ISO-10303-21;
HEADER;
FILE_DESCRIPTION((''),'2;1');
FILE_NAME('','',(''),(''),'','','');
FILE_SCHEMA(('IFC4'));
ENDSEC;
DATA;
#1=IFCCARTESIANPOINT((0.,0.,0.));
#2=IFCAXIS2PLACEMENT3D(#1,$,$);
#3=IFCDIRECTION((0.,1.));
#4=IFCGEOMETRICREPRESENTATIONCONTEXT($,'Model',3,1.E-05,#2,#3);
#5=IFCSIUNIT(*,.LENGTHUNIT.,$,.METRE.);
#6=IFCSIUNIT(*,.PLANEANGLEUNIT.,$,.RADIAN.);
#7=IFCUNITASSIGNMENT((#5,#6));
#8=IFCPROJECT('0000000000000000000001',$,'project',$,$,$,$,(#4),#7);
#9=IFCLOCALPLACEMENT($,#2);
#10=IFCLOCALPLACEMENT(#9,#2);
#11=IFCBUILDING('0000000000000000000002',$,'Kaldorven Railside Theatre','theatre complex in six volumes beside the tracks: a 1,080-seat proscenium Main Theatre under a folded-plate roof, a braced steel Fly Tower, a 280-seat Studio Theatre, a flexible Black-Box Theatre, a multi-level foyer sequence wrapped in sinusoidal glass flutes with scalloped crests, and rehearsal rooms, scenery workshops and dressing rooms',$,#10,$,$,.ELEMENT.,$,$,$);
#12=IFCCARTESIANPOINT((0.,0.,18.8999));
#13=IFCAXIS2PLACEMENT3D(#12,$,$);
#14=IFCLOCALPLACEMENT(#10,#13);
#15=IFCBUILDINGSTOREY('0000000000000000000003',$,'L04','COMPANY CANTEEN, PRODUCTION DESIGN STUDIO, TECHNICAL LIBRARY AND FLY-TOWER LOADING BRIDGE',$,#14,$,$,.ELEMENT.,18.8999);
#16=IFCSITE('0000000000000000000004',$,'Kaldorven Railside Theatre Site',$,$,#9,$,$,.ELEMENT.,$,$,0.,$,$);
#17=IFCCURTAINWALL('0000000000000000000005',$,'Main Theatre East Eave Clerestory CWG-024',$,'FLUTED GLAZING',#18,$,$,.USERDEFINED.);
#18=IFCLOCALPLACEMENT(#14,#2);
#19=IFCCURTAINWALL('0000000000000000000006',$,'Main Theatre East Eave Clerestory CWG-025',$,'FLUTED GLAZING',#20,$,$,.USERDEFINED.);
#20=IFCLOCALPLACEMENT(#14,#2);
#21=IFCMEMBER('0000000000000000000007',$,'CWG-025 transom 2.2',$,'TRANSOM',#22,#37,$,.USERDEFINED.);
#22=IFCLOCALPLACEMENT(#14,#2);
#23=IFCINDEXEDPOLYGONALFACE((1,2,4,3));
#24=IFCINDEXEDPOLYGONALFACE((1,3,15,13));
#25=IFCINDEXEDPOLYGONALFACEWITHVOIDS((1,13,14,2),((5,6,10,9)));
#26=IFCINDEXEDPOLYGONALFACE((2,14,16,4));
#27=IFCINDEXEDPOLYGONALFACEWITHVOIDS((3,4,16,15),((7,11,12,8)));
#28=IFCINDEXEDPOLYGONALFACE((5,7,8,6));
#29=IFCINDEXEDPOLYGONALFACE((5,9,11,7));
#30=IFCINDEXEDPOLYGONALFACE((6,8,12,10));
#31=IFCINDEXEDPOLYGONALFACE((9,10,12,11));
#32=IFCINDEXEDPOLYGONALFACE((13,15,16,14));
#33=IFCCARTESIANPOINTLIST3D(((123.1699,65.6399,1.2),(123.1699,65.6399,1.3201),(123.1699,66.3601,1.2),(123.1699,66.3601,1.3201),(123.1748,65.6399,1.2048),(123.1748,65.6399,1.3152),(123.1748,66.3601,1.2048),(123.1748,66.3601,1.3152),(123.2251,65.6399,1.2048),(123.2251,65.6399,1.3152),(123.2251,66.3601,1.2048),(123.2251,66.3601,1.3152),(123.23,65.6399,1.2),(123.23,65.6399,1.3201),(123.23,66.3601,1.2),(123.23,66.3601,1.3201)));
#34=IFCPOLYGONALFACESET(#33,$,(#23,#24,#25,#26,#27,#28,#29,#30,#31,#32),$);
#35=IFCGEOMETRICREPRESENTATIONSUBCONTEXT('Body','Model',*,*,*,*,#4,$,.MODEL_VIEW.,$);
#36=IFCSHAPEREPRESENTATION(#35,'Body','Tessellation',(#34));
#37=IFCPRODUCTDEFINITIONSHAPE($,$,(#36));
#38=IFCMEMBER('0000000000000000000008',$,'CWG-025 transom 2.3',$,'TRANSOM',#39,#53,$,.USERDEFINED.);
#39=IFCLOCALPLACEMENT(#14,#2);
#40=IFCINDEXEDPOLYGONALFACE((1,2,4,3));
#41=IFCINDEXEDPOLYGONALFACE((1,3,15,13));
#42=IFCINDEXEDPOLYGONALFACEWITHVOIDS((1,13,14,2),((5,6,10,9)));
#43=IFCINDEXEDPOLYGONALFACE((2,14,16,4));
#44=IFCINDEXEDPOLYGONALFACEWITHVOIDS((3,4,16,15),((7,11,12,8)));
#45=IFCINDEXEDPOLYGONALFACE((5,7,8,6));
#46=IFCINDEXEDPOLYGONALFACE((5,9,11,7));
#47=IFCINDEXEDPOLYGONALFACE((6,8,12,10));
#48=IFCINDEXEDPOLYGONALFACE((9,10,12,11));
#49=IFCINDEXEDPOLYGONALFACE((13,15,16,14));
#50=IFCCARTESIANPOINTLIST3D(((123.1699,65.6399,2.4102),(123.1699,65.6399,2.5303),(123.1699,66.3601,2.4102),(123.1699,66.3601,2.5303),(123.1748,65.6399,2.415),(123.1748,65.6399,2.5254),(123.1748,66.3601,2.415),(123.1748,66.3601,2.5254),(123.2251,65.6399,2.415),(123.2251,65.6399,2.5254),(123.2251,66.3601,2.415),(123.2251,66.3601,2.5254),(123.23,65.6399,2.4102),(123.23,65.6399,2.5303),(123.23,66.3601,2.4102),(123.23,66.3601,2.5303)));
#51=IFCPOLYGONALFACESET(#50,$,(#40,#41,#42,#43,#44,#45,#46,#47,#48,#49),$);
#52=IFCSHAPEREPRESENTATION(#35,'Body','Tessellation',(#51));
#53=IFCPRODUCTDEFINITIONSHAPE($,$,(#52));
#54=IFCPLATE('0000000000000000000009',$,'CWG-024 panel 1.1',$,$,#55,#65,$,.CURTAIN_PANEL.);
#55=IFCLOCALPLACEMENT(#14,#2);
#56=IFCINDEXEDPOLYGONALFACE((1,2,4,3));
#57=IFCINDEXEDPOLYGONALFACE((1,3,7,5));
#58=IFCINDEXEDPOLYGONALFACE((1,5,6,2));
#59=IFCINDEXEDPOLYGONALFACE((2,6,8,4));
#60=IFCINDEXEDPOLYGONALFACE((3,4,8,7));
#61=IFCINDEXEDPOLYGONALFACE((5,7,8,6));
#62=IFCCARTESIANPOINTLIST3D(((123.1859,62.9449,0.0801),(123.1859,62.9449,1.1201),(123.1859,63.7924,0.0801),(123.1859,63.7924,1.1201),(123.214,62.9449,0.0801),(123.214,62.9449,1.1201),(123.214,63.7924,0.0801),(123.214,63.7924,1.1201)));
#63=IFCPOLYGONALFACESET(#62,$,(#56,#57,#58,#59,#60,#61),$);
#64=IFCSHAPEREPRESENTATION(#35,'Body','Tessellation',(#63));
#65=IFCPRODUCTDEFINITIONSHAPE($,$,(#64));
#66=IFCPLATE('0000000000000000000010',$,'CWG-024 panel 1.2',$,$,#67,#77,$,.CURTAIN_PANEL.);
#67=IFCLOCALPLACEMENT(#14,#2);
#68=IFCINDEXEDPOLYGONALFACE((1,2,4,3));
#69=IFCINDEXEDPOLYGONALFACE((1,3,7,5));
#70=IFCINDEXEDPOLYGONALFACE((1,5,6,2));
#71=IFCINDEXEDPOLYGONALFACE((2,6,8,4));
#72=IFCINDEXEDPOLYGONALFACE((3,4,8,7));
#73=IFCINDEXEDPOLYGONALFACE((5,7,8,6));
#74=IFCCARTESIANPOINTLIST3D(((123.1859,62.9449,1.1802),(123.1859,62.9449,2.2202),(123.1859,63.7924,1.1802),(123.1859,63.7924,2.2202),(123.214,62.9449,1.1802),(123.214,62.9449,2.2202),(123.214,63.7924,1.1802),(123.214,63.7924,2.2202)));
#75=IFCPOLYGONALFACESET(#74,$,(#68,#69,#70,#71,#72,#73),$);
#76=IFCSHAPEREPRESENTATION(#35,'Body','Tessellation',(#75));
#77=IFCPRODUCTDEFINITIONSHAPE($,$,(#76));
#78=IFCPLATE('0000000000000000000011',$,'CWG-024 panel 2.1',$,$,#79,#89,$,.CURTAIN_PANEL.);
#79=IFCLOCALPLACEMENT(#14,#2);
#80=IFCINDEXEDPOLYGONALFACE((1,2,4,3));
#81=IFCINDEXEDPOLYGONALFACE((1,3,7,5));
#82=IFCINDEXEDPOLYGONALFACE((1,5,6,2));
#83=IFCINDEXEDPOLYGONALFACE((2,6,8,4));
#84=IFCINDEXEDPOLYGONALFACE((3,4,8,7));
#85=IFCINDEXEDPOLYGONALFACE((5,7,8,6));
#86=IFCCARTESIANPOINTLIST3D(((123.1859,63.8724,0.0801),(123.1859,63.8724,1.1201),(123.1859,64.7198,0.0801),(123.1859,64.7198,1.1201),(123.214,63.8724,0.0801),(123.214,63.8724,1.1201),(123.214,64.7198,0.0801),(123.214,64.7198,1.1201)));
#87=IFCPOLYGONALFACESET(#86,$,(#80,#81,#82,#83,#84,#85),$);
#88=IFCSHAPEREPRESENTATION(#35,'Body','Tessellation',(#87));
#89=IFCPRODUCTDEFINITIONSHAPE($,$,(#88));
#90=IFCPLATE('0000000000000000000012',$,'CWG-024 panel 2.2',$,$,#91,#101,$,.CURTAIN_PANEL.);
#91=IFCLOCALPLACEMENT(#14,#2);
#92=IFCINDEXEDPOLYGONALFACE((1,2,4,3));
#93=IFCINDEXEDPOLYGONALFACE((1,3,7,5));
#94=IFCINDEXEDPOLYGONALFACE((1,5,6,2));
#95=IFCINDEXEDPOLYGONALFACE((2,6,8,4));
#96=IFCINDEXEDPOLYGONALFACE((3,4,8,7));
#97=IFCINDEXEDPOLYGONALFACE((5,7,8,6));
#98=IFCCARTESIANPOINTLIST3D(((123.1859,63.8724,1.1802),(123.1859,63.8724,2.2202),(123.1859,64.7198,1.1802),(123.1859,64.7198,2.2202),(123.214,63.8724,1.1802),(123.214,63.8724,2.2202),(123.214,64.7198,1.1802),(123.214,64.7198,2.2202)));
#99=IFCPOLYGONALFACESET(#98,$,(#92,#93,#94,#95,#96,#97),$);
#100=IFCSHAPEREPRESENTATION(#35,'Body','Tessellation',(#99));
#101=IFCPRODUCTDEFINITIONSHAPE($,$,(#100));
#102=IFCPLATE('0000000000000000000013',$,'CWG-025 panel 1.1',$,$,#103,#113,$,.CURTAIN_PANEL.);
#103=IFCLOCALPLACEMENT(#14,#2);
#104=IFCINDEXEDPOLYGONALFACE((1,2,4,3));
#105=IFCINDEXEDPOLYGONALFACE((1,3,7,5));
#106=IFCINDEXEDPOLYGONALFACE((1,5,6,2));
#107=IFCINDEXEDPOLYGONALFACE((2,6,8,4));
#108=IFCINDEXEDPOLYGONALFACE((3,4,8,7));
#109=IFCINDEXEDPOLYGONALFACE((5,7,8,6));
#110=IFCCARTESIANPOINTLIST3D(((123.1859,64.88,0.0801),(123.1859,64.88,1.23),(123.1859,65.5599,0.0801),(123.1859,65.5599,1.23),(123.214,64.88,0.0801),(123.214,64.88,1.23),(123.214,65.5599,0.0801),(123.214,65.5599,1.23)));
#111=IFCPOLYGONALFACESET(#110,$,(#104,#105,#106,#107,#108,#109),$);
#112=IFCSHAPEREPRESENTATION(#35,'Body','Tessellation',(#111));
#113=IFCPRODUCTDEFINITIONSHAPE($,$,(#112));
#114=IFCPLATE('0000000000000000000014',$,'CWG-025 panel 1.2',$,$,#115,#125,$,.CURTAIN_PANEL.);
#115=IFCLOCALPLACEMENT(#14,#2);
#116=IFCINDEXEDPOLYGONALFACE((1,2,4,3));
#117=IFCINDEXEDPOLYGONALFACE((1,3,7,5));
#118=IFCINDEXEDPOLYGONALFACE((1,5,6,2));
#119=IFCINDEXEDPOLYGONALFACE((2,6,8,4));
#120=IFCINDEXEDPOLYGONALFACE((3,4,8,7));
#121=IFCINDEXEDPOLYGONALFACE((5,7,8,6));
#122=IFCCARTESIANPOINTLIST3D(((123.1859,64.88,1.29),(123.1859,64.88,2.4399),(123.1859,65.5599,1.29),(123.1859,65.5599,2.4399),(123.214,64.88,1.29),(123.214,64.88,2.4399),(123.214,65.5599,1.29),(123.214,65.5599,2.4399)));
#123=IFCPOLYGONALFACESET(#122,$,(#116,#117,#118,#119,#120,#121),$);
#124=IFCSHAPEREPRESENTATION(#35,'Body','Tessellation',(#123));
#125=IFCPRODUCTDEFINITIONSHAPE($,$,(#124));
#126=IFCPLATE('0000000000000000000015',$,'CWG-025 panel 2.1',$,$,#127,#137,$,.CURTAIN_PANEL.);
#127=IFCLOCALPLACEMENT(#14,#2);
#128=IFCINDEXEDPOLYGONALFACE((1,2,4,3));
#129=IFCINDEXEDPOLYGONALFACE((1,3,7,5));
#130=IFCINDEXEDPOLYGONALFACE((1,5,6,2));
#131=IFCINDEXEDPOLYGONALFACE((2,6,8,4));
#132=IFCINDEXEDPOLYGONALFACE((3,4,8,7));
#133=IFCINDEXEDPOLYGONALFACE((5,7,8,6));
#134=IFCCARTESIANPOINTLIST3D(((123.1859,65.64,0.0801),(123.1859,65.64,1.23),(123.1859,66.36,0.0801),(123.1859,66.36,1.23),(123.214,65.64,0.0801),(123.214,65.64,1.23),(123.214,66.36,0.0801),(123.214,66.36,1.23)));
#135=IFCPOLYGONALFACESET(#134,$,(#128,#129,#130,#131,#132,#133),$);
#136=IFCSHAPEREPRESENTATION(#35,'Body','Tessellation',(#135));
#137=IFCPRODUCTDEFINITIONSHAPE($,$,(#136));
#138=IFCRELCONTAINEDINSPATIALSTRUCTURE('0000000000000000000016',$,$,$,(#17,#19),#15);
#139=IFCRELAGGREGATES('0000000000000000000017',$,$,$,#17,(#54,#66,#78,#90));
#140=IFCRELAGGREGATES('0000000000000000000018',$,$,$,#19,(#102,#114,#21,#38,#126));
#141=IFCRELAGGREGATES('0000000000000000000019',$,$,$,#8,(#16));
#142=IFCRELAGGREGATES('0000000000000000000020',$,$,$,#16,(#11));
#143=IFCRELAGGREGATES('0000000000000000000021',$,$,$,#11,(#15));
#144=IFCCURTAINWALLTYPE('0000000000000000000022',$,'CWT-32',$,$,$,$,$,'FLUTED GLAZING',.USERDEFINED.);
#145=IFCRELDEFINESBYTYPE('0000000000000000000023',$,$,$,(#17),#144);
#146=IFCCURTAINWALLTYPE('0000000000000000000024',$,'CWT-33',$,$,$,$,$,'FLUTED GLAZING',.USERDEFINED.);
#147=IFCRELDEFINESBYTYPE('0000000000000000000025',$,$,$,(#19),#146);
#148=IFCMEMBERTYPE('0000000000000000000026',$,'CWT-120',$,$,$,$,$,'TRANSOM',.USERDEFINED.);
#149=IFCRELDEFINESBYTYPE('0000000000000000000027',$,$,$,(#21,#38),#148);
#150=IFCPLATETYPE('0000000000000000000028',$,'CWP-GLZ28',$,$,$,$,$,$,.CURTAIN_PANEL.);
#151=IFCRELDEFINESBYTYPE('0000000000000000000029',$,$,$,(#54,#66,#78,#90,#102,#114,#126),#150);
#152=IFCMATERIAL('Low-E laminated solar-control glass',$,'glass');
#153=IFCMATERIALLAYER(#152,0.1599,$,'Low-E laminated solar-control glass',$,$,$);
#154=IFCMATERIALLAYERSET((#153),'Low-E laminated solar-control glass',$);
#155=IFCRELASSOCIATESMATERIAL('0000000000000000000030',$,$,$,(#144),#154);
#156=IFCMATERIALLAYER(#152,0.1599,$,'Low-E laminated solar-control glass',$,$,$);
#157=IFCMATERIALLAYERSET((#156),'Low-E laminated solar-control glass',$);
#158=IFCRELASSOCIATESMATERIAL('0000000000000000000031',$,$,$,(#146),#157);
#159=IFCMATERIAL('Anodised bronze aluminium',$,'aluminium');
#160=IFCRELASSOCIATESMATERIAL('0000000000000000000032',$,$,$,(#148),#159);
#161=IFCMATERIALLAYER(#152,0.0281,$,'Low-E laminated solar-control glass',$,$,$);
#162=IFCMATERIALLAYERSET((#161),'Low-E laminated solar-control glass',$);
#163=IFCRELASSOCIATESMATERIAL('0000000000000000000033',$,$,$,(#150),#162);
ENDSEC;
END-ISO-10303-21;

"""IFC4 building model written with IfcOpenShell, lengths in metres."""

from ifc_helpers import new_model, si_unit, direction, frame, origin, origin_2d, place, context, subcontext, project, spatial, rectangle, hollow_rectangle, extrude, material, layer, layer_set, material_profile, profile_set, type_object, element, aggregate, save


model = new_model("IFC4")

# Units and contexts
model_context = context("Model", 3, precision=1e-05, world=origin(), true_north=direction((0.0, 1.0)))
body_context = subcontext(model_context, "Body", "Model", "MODEL_VIEW")
ifc_project = project(units=[si_unit("LENGTHUNIT", "METRE"), si_unit("PLANEANGLEUNIT", "RADIAN")], contexts=[model_context])

# Site, building, storey
site_placement = place(None, origin())
site = spatial("IfcSite", under=ifc_project, at=site_placement, Name="Kaldorven Railside Theatre Site", CompositionType="ELEMENT", RefElevation=0.0)
building_placement = place(site_placement, origin())
building = spatial("IfcBuilding", under=site, at=building_placement, Name="Kaldorven Railside Theatre", Description="theatre complex in six volumes beside the tracks: a 1,080-seat proscenium Main Theatre under a folded-plate roof, a braced steel Fly Tower, a 280-seat Studio Theatre, a flexible Black-Box Theatre, a multi-level foyer sequence wrapped in sinusoidal glass flutes with scalloped crests, and rehearsal rooms, scenery workshops and dressing rooms", CompositionType="ELEMENT")
storey_placement = place(building_placement, frame((0.0, 0.0, 18.8999)))
storey = spatial("IfcBuildingStorey", under=building, at=storey_placement, Name="L04", Description="COMPANY CANTEEN, PRODUCTION DESIGN STUDIO, TECHNICAL LIBRARY AND FLY-TOWER LOADING BRIDGE", CompositionType="ELEMENT", Elevation=18.8999)

# Curtain walls
ifc_material_1 = material(Name="Low-E laminated solar-control glass", Category="glass")
ifc_layer_1 = layer(ifc_material_1, 0.1599, Name="Low-E laminated solar-control glass")
ifc_layer_set_1 = layer_set([ifc_layer_1], Name="Low-E laminated solar-control glass")
curtain_wall_type_1 = type_object("IfcCurtainWallType", Name="CWT-32", ElementType="FLUTED GLAZING", PredefinedType="USERDEFINED", material=ifc_layer_set_1)
curtain_wall_1_placement = place(storey_placement, origin())
curtain_wall_1 = element("IfcCurtainWall", 1, at=curtain_wall_1_placement, inside=storey, type_object=curtain_wall_type_1, Name="Main Theatre East Eave Clerestory CWG-024", ObjectType="FLUTED GLAZING", PredefinedType="USERDEFINED")
ifc_material_2 = material(Name="Anodised bronze aluminium", Category="aluminium")
ifc_layer_2 = layer(ifc_material_1, 0.1599, Name="Low-E laminated solar-control glass")
ifc_layer_set_2 = layer_set([ifc_layer_2], Name="Low-E laminated solar-control glass")
curtain_wall_type_2 = type_object("IfcCurtainWallType", Name="CWT-33", ElementType="FLUTED GLAZING", PredefinedType="USERDEFINED", material=ifc_layer_set_2)
curtain_wall_2_placement = place(storey_placement, origin())
curtain_wall_2 = element("IfcCurtainWall", 2, at=curtain_wall_2_placement, inside=storey, type_object=curtain_wall_type_2, Name="Main Theatre East Eave Clerestory CWG-025", ObjectType="FLUTED GLAZING", PredefinedType="USERDEFINED")

# Members
ifc_material_profile_1 = material_profile(ifc_material_2, hollow_rectangle(XDim=0.0601, YDim=0.1201, WallThickness=0.0049, at=origin_2d()), Name="RHS 120x60x5")
ifc_profile_set_1 = profile_set([ifc_material_profile_1], Name="Anodised bronze aluminium")
member_type_1 = type_object("IfcMemberType", Name="CWT-120", ElementType="TRANSOM", PredefinedType="USERDEFINED", material=ifc_profile_set_1)
member_1_placement = place(storey_placement, frame((123.2, 65.6399, 1.26), z_axis=(0.0, 1.0, 0.0), x_axis=(-1.0, 0.0, 0.0)))
member_1 = element("IfcMember", 3, at=member_1_placement, type_object=member_type_1, Name="CWG-025 transom 2.2", ObjectType="TRANSOM", PredefinedType="USERDEFINED", context=body_context, shape_type="SweptSolid", body=[
    extrude(hollow_rectangle(XDim=0.0601, YDim=0.1201, WallThickness=0.0049, at=origin_2d()), origin(), (0.0, 0.0, 1.0), 0.7202),
])
member_2_placement = place(storey_placement, frame((123.2, 65.6399, 2.4702), z_axis=(0.0, 1.0, 0.0), x_axis=(-1.0, 0.0, 0.0)))
member_2 = element("IfcMember", 4, at=member_2_placement, type_object=member_type_1, Name="CWG-025 transom 2.3", ObjectType="TRANSOM", PredefinedType="USERDEFINED", context=body_context, shape_type="SweptSolid", body=[
    extrude(hollow_rectangle(XDim=0.0601, YDim=0.1201, WallThickness=0.0049, at=origin_2d()), origin(), (0.0, 0.0, 1.0), 0.7202),
])

# Plates
ifc_layer_3 = layer(ifc_material_1, 0.0281, Name="Low-E laminated solar-control glass")
ifc_layer_set_3 = layer_set([ifc_layer_3], Name="Low-E laminated solar-control glass")
plate_type = type_object("IfcPlateType", Name="CWP-GLZ28", PredefinedType="CURTAIN_PANEL", material=ifc_layer_set_3)
plate_1_placement = place(storey_placement, frame((123.2, 63.3687, 0.0801), z_axis=(0.0, 0.0, 1.0), x_axis=(0.0, 1.0, 0.0)))
plate_1 = element("IfcPlate", 5, at=plate_1_placement, type_object=plate_type, Name="CWG-024 panel 1.1", PredefinedType="CURTAIN_PANEL", context=body_context, shape_type="SweptSolid", body=[
    extrude(rectangle(XDim=0.8474, YDim=0.0281, at=origin_2d()), origin(), (0.0, 0.0, 1.0), 1.04),
])
plate_2_placement = place(storey_placement, frame((123.2, 63.3687, 1.1802), z_axis=(0.0, 0.0, 1.0), x_axis=(0.0, 1.0, 0.0)))
plate_2 = element("IfcPlate", 6, at=plate_2_placement, type_object=plate_type, Name="CWG-024 panel 1.2", PredefinedType="CURTAIN_PANEL", context=body_context, shape_type="SweptSolid", body=[
    extrude(rectangle(XDim=0.8474, YDim=0.0281, at=origin_2d()), origin(), (0.0, 0.0, 1.0), 1.04),
])
plate_3_placement = place(storey_placement, frame((123.2, 64.2961, 0.0801), z_axis=(0.0, 0.0, 1.0), x_axis=(0.0, 1.0, 0.0)))
plate_3 = element("IfcPlate", 7, at=plate_3_placement, type_object=plate_type, Name="CWG-024 panel 2.1", PredefinedType="CURTAIN_PANEL", context=body_context, shape_type="SweptSolid", body=[
    extrude(rectangle(XDim=0.8474, YDim=0.0281, at=origin_2d()), origin(), (0.0, 0.0, 1.0), 1.04),
])
plate_4_placement = place(storey_placement, frame((123.2, 64.2961, 1.1802), z_axis=(0.0, 0.0, 1.0), x_axis=(0.0, 1.0, 0.0)))
plate_4 = element("IfcPlate", 8, at=plate_4_placement, type_object=plate_type, Name="CWG-024 panel 2.2", PredefinedType="CURTAIN_PANEL", context=body_context, shape_type="SweptSolid", body=[
    extrude(rectangle(XDim=0.8474, YDim=0.0281, at=origin_2d()), origin(), (0.0, 0.0, 1.0), 1.04),
])
aggregate(curtain_wall_1, [plate_1, plate_2, plate_3, plate_4])
plate_5_placement = place(storey_placement, frame((123.2, 65.22, 0.0801), z_axis=(0.0, 0.0, 1.0), x_axis=(0.0, 1.0, 0.0)))
plate_5 = element("IfcPlate", 9, at=plate_5_placement, type_object=plate_type, Name="CWG-025 panel 1.1", PredefinedType="CURTAIN_PANEL", context=body_context, shape_type="SweptSolid", body=[
    extrude(rectangle(XDim=0.6799, YDim=0.0281, at=origin_2d()), origin(), (0.0, 0.0, 1.0), 1.1499),
])
plate_6_placement = place(storey_placement, frame((123.2, 65.22, 1.29), z_axis=(0.0, 0.0, 1.0), x_axis=(0.0, 1.0, 0.0)))
plate_6 = element("IfcPlate", 10, at=plate_6_placement, type_object=plate_type, Name="CWG-025 panel 1.2", PredefinedType="CURTAIN_PANEL", context=body_context, shape_type="SweptSolid", body=[
    extrude(rectangle(XDim=0.6799, YDim=0.0281, at=origin_2d()), origin(), (0.0, 0.0, 1.0), 1.1499),
])
plate_7_placement = place(storey_placement, frame((123.2, 66.0, 0.0801), z_axis=(0.0, 0.0, 1.0), x_axis=(0.0, 1.0, 0.0)))
plate_7 = element("IfcPlate", 11, at=plate_7_placement, type_object=plate_type, Name="CWG-025 panel 2.1", PredefinedType="CURTAIN_PANEL", context=body_context, shape_type="SweptSolid", body=[
    extrude(rectangle(XDim=0.72, YDim=0.0281, at=origin_2d()), origin(), (0.0, 0.0, 1.0), 1.1499),
])
aggregate(curtain_wall_2, [plate_5, plate_6, member_1, member_2, plate_7])

save(model, "model.ifc")
